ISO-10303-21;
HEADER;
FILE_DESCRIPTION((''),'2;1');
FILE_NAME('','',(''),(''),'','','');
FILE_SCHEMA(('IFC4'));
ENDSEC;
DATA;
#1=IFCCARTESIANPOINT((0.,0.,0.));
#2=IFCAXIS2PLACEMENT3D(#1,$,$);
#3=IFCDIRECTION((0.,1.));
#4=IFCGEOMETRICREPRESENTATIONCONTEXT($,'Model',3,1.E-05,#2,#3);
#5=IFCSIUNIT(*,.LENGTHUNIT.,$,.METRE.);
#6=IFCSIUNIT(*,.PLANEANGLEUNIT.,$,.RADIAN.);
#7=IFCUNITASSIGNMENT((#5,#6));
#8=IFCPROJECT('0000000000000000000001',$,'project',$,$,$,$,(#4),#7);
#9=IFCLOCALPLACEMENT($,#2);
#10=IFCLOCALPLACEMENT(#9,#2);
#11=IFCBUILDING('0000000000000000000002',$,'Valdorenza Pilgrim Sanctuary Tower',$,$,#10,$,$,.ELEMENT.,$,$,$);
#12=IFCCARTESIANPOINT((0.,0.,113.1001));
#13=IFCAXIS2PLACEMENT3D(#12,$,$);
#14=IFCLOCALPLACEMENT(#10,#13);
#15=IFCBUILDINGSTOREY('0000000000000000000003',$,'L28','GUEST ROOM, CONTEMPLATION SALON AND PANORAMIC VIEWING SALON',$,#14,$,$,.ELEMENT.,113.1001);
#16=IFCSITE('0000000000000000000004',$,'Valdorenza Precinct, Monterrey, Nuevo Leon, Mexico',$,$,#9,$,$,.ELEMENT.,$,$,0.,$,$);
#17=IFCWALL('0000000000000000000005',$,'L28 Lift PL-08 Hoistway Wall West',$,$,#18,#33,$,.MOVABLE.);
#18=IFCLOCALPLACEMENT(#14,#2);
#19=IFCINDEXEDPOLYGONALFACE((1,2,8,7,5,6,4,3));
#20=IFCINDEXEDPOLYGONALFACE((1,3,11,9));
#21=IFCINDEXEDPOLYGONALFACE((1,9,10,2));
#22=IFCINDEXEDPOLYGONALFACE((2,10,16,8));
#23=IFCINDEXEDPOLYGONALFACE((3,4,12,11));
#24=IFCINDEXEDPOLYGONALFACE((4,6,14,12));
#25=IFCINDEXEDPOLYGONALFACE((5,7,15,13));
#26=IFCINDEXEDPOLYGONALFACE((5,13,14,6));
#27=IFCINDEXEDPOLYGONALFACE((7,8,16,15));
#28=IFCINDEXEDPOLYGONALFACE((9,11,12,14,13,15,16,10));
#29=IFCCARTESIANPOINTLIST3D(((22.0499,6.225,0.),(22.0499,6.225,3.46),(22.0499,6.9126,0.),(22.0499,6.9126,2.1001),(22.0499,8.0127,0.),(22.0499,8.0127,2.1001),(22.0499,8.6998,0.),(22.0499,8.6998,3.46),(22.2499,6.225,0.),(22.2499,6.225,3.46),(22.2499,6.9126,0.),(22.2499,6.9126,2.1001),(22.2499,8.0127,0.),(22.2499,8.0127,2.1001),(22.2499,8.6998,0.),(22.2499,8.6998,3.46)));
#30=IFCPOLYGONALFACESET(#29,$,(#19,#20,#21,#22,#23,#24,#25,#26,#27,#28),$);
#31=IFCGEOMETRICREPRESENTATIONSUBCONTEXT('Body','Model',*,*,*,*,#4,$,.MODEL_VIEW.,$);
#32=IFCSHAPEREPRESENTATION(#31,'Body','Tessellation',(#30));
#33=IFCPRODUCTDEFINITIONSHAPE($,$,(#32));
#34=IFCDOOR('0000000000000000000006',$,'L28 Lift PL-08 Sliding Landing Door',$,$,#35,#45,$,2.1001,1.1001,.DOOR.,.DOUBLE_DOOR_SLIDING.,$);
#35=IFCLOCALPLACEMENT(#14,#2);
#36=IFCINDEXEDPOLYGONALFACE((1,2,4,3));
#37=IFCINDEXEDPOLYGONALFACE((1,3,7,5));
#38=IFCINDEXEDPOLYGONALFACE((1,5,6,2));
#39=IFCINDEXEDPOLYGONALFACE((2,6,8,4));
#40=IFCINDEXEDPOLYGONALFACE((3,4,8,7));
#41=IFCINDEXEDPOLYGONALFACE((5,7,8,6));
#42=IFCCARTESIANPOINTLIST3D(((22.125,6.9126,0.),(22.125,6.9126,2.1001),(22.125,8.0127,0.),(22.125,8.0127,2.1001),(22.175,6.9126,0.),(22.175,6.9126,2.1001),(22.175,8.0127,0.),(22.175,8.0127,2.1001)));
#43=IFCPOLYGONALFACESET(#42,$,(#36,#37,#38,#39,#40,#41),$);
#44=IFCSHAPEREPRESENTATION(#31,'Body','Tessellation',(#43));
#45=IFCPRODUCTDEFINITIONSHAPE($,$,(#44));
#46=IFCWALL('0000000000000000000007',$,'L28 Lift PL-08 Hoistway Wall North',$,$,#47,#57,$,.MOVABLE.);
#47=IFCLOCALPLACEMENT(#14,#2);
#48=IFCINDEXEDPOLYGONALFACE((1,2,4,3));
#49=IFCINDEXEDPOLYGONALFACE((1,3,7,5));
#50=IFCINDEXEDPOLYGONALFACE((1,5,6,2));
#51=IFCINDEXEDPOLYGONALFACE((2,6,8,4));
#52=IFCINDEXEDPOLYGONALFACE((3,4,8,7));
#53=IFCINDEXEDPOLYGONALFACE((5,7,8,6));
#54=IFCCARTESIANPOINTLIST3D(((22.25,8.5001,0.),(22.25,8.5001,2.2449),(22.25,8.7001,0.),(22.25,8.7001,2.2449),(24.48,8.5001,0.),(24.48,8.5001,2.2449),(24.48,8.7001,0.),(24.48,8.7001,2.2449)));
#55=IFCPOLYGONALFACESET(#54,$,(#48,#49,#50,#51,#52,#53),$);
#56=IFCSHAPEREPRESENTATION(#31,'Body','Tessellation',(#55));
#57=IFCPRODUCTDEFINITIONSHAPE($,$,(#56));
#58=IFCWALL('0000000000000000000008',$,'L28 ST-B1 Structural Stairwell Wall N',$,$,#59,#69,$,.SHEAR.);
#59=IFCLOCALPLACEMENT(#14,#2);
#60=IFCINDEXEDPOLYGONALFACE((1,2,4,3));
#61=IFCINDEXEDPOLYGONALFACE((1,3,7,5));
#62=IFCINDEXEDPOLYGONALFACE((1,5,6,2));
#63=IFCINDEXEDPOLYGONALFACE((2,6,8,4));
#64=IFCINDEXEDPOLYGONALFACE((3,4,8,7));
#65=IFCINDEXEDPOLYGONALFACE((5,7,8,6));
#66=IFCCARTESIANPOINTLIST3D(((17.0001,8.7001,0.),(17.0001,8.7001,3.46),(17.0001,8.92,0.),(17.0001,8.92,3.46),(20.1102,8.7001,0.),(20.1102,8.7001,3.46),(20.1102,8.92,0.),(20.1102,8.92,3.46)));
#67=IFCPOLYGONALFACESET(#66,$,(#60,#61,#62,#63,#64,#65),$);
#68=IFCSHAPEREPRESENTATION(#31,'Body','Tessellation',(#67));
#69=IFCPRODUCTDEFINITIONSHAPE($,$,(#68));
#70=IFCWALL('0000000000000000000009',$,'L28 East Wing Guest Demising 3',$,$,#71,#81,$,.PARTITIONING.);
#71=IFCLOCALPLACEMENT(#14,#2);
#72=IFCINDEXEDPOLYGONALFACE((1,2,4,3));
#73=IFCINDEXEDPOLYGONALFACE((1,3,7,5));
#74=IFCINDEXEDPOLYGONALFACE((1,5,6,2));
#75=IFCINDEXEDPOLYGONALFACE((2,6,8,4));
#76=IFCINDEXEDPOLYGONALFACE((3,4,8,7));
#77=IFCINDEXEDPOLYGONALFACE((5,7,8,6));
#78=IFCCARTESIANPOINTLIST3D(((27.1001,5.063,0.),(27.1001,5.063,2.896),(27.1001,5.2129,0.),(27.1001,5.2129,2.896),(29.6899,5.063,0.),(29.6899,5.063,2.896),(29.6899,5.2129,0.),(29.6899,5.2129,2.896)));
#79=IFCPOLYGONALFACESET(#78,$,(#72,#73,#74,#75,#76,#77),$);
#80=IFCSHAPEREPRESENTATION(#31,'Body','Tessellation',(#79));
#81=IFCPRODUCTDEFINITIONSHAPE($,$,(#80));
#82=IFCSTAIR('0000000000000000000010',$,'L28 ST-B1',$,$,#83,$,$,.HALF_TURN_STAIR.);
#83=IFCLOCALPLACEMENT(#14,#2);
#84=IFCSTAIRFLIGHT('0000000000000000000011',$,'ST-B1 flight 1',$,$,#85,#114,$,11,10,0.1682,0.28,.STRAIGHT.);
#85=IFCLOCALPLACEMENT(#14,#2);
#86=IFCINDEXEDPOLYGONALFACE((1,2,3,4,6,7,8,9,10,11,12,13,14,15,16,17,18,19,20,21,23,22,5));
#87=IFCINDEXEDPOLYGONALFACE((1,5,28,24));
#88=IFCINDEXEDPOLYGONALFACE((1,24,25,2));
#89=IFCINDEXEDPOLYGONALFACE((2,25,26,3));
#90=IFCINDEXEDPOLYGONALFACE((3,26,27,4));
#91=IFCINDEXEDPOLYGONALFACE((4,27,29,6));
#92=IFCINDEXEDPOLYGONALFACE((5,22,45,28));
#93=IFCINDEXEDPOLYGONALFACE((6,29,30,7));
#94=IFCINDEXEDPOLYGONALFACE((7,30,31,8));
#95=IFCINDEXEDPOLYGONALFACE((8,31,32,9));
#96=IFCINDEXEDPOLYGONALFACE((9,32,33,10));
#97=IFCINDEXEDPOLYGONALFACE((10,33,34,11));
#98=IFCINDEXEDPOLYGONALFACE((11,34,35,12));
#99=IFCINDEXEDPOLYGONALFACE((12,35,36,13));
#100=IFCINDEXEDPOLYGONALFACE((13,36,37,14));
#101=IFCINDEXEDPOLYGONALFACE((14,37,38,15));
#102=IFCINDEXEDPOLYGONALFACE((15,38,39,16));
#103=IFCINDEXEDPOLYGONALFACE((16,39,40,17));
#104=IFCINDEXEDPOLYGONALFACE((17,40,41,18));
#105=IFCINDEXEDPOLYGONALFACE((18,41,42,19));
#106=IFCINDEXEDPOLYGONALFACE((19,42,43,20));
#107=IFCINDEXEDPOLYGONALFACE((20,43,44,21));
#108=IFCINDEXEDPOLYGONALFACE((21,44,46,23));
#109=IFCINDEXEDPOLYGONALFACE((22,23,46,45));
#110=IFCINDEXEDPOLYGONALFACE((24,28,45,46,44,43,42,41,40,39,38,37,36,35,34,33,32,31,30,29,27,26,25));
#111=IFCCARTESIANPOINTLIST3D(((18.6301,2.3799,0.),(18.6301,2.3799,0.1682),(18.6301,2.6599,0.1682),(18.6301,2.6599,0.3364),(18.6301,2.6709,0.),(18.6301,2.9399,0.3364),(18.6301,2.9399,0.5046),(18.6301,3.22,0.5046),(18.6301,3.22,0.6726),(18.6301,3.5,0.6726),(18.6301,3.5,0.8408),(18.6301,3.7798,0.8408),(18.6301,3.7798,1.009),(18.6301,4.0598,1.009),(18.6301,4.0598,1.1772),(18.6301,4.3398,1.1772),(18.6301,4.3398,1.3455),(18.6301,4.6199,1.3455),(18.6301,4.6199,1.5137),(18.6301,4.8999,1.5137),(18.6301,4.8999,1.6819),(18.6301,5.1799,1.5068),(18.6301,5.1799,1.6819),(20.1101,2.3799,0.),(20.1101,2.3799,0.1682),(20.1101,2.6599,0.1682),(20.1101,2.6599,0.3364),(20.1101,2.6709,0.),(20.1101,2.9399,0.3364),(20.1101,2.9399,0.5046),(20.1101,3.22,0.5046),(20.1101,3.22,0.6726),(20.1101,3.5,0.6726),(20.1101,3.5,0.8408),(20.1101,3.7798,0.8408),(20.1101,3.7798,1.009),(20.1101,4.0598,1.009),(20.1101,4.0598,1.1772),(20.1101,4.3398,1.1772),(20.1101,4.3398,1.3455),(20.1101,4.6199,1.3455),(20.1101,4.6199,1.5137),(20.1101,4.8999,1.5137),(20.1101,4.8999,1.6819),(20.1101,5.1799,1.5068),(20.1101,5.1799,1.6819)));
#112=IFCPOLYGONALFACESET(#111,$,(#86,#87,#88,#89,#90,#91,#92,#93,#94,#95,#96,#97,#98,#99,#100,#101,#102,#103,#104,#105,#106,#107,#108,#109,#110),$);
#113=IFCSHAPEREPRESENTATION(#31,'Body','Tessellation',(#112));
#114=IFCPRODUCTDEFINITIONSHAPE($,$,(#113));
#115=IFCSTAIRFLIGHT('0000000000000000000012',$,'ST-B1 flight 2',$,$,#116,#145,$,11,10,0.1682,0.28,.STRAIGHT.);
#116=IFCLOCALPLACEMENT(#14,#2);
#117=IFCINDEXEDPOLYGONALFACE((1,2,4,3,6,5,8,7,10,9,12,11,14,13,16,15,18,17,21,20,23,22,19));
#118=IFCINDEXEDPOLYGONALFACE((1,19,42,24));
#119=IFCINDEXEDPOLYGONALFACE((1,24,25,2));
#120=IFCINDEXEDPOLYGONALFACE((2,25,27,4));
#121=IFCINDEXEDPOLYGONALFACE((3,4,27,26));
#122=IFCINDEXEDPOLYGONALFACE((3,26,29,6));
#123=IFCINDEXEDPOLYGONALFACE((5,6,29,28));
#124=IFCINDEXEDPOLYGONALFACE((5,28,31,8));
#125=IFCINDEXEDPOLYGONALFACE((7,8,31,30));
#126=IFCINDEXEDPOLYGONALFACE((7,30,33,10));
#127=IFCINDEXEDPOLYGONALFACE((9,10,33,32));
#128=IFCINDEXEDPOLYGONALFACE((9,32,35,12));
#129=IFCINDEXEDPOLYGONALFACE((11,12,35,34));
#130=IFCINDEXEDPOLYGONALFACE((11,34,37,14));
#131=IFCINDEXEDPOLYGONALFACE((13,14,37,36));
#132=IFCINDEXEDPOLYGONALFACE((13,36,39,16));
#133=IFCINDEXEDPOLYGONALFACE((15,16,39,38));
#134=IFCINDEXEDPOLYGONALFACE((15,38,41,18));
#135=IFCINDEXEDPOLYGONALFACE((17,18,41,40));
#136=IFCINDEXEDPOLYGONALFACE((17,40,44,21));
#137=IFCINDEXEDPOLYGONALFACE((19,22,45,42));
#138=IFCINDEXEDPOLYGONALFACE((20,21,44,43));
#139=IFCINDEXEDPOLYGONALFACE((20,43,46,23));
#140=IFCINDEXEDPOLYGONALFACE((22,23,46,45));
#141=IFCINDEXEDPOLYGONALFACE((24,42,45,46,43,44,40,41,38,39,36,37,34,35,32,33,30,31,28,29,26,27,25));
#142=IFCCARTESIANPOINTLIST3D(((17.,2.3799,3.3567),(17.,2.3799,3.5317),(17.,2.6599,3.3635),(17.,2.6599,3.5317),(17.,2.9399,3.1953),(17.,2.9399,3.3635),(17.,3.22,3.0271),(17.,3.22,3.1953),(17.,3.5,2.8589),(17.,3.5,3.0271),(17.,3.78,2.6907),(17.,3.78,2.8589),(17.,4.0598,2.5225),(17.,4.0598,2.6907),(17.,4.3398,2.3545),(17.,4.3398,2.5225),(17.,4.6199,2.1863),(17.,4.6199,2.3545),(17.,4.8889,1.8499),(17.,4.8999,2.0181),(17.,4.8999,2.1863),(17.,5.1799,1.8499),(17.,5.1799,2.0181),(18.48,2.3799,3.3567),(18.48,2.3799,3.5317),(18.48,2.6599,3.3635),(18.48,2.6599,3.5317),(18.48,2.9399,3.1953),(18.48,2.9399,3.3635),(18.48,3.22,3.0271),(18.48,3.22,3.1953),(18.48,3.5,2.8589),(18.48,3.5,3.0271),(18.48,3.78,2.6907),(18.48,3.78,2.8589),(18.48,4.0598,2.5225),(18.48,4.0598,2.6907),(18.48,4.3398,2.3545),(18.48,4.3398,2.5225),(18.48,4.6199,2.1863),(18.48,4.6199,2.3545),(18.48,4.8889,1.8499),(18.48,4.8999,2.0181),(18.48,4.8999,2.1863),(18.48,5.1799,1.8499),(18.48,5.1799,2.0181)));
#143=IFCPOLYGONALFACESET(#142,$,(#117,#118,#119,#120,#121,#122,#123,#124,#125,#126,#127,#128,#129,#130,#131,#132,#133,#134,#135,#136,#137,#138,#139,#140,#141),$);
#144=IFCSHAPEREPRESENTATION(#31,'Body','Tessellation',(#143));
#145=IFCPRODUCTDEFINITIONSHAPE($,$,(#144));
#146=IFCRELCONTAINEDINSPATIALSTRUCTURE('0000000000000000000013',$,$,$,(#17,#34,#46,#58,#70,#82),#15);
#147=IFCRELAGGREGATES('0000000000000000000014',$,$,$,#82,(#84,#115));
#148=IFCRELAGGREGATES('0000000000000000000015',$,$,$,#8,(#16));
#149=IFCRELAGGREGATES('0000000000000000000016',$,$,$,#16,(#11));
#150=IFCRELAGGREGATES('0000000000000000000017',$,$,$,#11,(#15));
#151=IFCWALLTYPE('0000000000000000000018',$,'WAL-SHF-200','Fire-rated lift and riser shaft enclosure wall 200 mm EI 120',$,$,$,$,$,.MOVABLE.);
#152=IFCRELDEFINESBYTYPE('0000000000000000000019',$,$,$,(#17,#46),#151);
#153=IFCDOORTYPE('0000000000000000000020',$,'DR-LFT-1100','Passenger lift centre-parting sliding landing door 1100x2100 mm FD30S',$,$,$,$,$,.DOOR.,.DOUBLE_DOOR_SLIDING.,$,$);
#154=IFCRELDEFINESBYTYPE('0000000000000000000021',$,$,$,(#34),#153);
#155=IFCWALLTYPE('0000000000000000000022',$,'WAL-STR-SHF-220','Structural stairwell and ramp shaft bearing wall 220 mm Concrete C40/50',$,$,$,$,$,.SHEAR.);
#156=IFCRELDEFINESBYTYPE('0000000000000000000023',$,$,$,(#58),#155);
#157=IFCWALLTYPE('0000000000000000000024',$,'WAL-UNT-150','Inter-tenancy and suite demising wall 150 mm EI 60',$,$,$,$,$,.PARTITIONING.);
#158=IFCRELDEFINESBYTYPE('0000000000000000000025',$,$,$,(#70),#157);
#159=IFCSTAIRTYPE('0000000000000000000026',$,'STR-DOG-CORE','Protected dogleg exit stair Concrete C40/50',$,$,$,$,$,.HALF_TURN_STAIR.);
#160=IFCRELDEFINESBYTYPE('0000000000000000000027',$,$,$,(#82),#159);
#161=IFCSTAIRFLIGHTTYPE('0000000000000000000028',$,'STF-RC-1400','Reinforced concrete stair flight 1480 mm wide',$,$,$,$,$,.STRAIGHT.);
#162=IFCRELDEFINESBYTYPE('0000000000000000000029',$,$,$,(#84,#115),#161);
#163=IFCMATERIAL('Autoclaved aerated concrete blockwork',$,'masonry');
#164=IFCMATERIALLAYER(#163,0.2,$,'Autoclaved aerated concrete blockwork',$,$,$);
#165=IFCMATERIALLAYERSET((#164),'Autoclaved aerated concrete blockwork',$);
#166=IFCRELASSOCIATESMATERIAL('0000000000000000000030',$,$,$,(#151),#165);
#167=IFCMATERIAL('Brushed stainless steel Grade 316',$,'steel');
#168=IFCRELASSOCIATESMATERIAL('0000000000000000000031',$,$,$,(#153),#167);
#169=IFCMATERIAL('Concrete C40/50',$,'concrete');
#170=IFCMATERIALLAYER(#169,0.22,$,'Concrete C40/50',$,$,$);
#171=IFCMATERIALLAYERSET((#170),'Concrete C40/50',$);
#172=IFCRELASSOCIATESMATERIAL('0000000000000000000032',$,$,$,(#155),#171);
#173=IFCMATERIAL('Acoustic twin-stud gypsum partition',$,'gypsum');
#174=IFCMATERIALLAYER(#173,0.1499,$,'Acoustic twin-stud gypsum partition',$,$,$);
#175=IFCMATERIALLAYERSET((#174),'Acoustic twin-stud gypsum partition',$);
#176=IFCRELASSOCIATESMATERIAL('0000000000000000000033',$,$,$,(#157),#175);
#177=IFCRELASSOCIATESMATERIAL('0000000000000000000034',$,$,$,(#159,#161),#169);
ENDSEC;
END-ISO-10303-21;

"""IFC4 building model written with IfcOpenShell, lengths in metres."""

from ifc_helpers import new_model, si_unit, direction, frame, frame_2d, origin, place, context, subcontext, project, spatial, polyline, rectangle, outline, extrude, material, layer, layer_set, type_object, element, fill, aggregate, save


model = new_model("IFC4")

# Units and contexts
model_context = context("Model", 3, precision=1e-05, world=origin(), true_north=direction((0.0, 1.0)))
body_context = subcontext(model_context, "Body", "Model", "MODEL_VIEW")
ifc_project = project(units=[si_unit("LENGTHUNIT", "METRE"), si_unit("PLANEANGLEUNIT", "RADIAN")], contexts=[model_context])

# Site, building, storey
site_placement = place(None, origin())
site = spatial("IfcSite", under=ifc_project, at=site_placement, Name="Valdorenza Precinct, Monterrey, Nuevo Leon, Mexico", CompositionType="ELEMENT", RefElevation=0.0)
building_placement = place(site_placement, origin())
building = spatial("IfcBuilding", under=site, at=building_placement, Name="Valdorenza Pilgrim Sanctuary Tower", CompositionType="ELEMENT")
storey_placement = place(building_placement, frame((0.0, 0.0, 113.1001)))
storey = spatial("IfcBuildingStorey", under=building, at=storey_placement, Name="L28", Description="GUEST ROOM, CONTEMPLATION SALON AND PANORAMIC VIEWING SALON", CompositionType="ELEMENT", Elevation=113.1001)

# Shared definitions
ifc_material_1 = material(Name="Acoustic twin-stud gypsum partition", Category="gypsum")

# Shared definitions
ifc_material_2 = material(Name="Autoclaved aerated concrete blockwork", Category="masonry")
ifc_layer_1 = layer(ifc_material_2, 0.2, Name="Autoclaved aerated concrete blockwork")
ifc_layer_set_1 = layer_set([ifc_layer_1], Name="Autoclaved aerated concrete blockwork")
wall_type_1 = type_object("IfcWallType", Name="WAL-SHF-200", Description="Fire-rated lift and riser shaft enclosure wall 200 mm EI 120", PredefinedType="MOVABLE", material=ifc_layer_set_1)
ifc_material_3 = material(Name="Brushed stainless steel Grade 316", Category="steel")
door_type_1 = type_object("IfcDoorType", Name="DR-LFT-1100", Description="Passenger lift centre-parting sliding landing door 1100x2100 mm FD30S", OperationType="DOUBLE_DOOR_SLIDING", PredefinedType="DOOR", material=ifc_material_3)

# Wall, opening, door
wall_1_placement = place(storey_placement, frame((22.1499, 6.2251, 0.0), z_axis=(0.0, 0.0, 1.0), x_axis=(0.0, 1.0, 0.0)))
wall_1 = element("IfcWall", 1, at=wall_1_placement, inside=storey, type_object=wall_type_1, Name="L28 Lift PL-08 Hoistway Wall West", PredefinedType="MOVABLE", context=body_context, shape_type="SweptSolid", body=[
    extrude(rectangle(XDim=2.4749, YDim=0.2, at=frame_2d((1.2373, 0.0))), origin(), (0.0, 0.0, 1.0), 3.46),
])
opening_1_placement = place(wall_1_placement, frame((0.6875, 0.0, 0.0)))
opening_1 = element("IfcOpeningElement", 2, at=opening_1_placement, cuts=wall_1, PredefinedType="OPENING", context=body_context, shape_type="SweptSolid", body=[
    extrude(rectangle(XDim=1.1001, YDim=2.1001, at=frame_2d((0.55, 1.05))), frame((0.0, 0.1147, 0.0), z_axis=(0.0, -1.0, 0.0), x_axis=(1.0, 0.0, 0.0)), (0.0, 0.0, 1.0), 0.2297),
])
door_1_placement = place(opening_1_placement, origin())
door_1 = element("IfcDoor", 3, at=door_1_placement, inside=storey, type_object=door_type_1, Name="L28 Lift PL-08 Sliding Landing Door", OperationType="DOUBLE_DOOR_SLIDING", OverallHeight=2.1001, OverallWidth=1.1001, PredefinedType="DOOR", context=body_context, shape_type="SweptSolid", body=[
    extrude(rectangle(XDim=1.1001, YDim=2.1001, at=frame_2d((0.55, 1.05))), frame((0.0, 0.0249, 0.0), z_axis=(0.0, -1.0, 0.0), x_axis=(1.0, 0.0, 0.0)), (0.0, 0.0, 1.0), 0.05),
])
fill(opening_1, door_1)

# Walls
wall_2_placement = place(storey_placement, frame((22.25, 8.6001, 0.0), z_axis=(0.0, 0.0, 1.0), x_axis=(1.0, 0.0, 0.0)))
element("IfcWall", 4, at=wall_2_placement, inside=storey, type_object=wall_type_1, Name="L28 Lift PL-08 Hoistway Wall North", PredefinedType="MOVABLE", context=body_context, shape_type="SweptSolid", body=[
    extrude(rectangle(XDim=2.23, YDim=0.2, at=frame_2d((1.115, 0.0))), origin(), (0.0, 0.0, 1.0), 2.2449),
])
ifc_material_4 = material(Name="Concrete C40/50", Category="concrete")
ifc_layer_2 = layer(ifc_material_4, 0.22, Name="Concrete C40/50")
ifc_layer_set_2 = layer_set([ifc_layer_2], Name="Concrete C40/50")
wall_type_2 = type_object("IfcWallType", Name="WAL-STR-SHF-220", Description="Structural stairwell and ramp shaft bearing wall 220 mm Concrete C40/50", PredefinedType="SHEAR", material=ifc_layer_set_2)
wall_3_placement = place(storey_placement, frame((17.0, 8.8101, 0.0), z_axis=(0.0, 0.0, 1.0), x_axis=(1.0, 0.0, 0.0)))
element("IfcWall", 5, at=wall_3_placement, inside=storey, type_object=wall_type_2, Name="L28 ST-B1 Structural Stairwell Wall N", PredefinedType="SHEAR", context=body_context, shape_type="SweptSolid", body=[
    extrude(rectangle(XDim=3.1101, YDim=0.22, at=frame_2d((1.5552, 0.0))), origin(), (0.0, 0.0, 1.0), 3.46),
])
ifc_layer_3 = layer(ifc_material_1, 0.1499, Name="Acoustic twin-stud gypsum partition")
ifc_layer_set_3 = layer_set([ifc_layer_3], Name="Acoustic twin-stud gypsum partition")
wall_type_3 = type_object("IfcWallType", Name="WAL-UNT-150", Description="Inter-tenancy and suite demising wall 150 mm EI 60", PredefinedType="PARTITIONING", material=ifc_layer_set_3)
wall_4_placement = place(storey_placement, frame((27.1001, 5.1379, 0.0), z_axis=(0.0, 0.0, 1.0), x_axis=(1.0, 0.0, 0.0)))
element("IfcWall", 6, at=wall_4_placement, inside=storey, type_object=wall_type_3, Name="L28 East Wing Guest Demising 3", PredefinedType="PARTITIONING", context=body_context, shape_type="SweptSolid", body=[
    extrude(rectangle(XDim=2.5898, YDim=0.1499, at=frame_2d((1.2949, 0.0))), origin(), (0.0, 0.0, 1.0), 2.896),
])

# Stair, stair flights
stair_type = type_object("IfcStairType", Name="STR-DOG-CORE", Description="Protected dogleg exit stair Concrete C40/50", PredefinedType="HALF_TURN_STAIR", material=ifc_material_4)
stair_placement = place(storey_placement, origin())
stair = element("IfcStair", 7, at=stair_placement, inside=storey, type_object=stair_type, Name="L28 ST-B1", PredefinedType="HALF_TURN_STAIR")
stair_flight_type = type_object("IfcStairFlightType", Name="STF-RC-1400", Description="Reinforced concrete stair flight 1480 mm wide", PredefinedType="STRAIGHT", material=ifc_material_4)
stair_flight_1_placement = place(storey_placement, frame((19.3701, 2.3799, 0.0), z_axis=(0.0, 0.0, 1.0), x_axis=(0.0, 1.0, 0.0)))
stair_flight_1 = element("IfcStairFlight", 8, at=stair_flight_1_placement, type_object=stair_flight_type, Name="ST-B1 flight 1", NumberOfRisers=11, NumberOfTreads=10, PredefinedType="STRAIGHT", RiserHeight=0.1682, TreadLength=0.28, context=body_context, shape_type="SweptSolid", body=[
    extrude(outline(polyline([(0.0, 0.0), (0.0, 0.1682), (0.28, 0.1682), (0.28, 0.3364), (0.5601, 0.3364), (0.5601, 0.5046), (0.8401, 0.5046), (0.8401, 0.6726), (1.1201, 0.6726), (1.1201, 0.8408), (1.3999, 0.8408), (1.3999, 1.009), (1.6799, 1.009), (1.6799, 1.1772), (1.96, 1.1772), (1.96, 1.3455), (2.24, 1.3455), (2.24, 1.5137), (2.52, 1.5137), (2.52, 1.6819), (2.8, 1.6819), (2.8, 1.8501), (2.8, 1.5068), (0.291, 0.0), (0.0, 0.0)])), frame((0.0, 0.74, 0.0), z_axis=(0.0, -1.0, 0.0), x_axis=(1.0, 0.0, 0.0)), (0.0, 0.0, 1.0), 1.48),
])
stair_flight_2_placement = place(storey_placement, frame((17.74, 5.1799, 1.8499), z_axis=(0.0, 0.0, 1.0), x_axis=(0.0, -1.0, 0.0)))
stair_flight_2 = element("IfcStairFlight", 9, at=stair_flight_2_placement, type_object=stair_flight_type, Name="ST-B1 flight 2", NumberOfRisers=11, NumberOfTreads=10, PredefinedType="STRAIGHT", RiserHeight=0.1682, TreadLength=0.28, context=body_context, shape_type="SweptSolid", body=[
    extrude(outline(polyline([(0.0, 0.0), (0.0, 0.1682), (0.28, 0.1682), (0.28, 0.3364), (0.5601, 0.3364), (0.5601, 0.5046), (0.8401, 0.5046), (0.8401, 0.6726), (1.1201, 0.6726), (1.1201, 0.8408), (1.3999, 0.8408), (1.3999, 1.009), (1.6799, 1.009), (1.6799, 1.1772), (1.96, 1.1772), (1.96, 1.3455), (2.24, 1.3455), (2.24, 1.5137), (2.52, 1.5137), (2.52, 1.6819), (2.8, 1.6819), (2.8, 1.8501), (2.8, 1.5068), (0.291, 0.0), (0.0, 0.0)])), frame((0.0, 0.74, 0.0), z_axis=(0.0, -1.0, 0.0), x_axis=(1.0, 0.0, 0.0)), (0.0, 0.0, 1.0), 1.48),
])
aggregate(stair, [stair_flight_1, stair_flight_2])

save(model, "model.ifc")
